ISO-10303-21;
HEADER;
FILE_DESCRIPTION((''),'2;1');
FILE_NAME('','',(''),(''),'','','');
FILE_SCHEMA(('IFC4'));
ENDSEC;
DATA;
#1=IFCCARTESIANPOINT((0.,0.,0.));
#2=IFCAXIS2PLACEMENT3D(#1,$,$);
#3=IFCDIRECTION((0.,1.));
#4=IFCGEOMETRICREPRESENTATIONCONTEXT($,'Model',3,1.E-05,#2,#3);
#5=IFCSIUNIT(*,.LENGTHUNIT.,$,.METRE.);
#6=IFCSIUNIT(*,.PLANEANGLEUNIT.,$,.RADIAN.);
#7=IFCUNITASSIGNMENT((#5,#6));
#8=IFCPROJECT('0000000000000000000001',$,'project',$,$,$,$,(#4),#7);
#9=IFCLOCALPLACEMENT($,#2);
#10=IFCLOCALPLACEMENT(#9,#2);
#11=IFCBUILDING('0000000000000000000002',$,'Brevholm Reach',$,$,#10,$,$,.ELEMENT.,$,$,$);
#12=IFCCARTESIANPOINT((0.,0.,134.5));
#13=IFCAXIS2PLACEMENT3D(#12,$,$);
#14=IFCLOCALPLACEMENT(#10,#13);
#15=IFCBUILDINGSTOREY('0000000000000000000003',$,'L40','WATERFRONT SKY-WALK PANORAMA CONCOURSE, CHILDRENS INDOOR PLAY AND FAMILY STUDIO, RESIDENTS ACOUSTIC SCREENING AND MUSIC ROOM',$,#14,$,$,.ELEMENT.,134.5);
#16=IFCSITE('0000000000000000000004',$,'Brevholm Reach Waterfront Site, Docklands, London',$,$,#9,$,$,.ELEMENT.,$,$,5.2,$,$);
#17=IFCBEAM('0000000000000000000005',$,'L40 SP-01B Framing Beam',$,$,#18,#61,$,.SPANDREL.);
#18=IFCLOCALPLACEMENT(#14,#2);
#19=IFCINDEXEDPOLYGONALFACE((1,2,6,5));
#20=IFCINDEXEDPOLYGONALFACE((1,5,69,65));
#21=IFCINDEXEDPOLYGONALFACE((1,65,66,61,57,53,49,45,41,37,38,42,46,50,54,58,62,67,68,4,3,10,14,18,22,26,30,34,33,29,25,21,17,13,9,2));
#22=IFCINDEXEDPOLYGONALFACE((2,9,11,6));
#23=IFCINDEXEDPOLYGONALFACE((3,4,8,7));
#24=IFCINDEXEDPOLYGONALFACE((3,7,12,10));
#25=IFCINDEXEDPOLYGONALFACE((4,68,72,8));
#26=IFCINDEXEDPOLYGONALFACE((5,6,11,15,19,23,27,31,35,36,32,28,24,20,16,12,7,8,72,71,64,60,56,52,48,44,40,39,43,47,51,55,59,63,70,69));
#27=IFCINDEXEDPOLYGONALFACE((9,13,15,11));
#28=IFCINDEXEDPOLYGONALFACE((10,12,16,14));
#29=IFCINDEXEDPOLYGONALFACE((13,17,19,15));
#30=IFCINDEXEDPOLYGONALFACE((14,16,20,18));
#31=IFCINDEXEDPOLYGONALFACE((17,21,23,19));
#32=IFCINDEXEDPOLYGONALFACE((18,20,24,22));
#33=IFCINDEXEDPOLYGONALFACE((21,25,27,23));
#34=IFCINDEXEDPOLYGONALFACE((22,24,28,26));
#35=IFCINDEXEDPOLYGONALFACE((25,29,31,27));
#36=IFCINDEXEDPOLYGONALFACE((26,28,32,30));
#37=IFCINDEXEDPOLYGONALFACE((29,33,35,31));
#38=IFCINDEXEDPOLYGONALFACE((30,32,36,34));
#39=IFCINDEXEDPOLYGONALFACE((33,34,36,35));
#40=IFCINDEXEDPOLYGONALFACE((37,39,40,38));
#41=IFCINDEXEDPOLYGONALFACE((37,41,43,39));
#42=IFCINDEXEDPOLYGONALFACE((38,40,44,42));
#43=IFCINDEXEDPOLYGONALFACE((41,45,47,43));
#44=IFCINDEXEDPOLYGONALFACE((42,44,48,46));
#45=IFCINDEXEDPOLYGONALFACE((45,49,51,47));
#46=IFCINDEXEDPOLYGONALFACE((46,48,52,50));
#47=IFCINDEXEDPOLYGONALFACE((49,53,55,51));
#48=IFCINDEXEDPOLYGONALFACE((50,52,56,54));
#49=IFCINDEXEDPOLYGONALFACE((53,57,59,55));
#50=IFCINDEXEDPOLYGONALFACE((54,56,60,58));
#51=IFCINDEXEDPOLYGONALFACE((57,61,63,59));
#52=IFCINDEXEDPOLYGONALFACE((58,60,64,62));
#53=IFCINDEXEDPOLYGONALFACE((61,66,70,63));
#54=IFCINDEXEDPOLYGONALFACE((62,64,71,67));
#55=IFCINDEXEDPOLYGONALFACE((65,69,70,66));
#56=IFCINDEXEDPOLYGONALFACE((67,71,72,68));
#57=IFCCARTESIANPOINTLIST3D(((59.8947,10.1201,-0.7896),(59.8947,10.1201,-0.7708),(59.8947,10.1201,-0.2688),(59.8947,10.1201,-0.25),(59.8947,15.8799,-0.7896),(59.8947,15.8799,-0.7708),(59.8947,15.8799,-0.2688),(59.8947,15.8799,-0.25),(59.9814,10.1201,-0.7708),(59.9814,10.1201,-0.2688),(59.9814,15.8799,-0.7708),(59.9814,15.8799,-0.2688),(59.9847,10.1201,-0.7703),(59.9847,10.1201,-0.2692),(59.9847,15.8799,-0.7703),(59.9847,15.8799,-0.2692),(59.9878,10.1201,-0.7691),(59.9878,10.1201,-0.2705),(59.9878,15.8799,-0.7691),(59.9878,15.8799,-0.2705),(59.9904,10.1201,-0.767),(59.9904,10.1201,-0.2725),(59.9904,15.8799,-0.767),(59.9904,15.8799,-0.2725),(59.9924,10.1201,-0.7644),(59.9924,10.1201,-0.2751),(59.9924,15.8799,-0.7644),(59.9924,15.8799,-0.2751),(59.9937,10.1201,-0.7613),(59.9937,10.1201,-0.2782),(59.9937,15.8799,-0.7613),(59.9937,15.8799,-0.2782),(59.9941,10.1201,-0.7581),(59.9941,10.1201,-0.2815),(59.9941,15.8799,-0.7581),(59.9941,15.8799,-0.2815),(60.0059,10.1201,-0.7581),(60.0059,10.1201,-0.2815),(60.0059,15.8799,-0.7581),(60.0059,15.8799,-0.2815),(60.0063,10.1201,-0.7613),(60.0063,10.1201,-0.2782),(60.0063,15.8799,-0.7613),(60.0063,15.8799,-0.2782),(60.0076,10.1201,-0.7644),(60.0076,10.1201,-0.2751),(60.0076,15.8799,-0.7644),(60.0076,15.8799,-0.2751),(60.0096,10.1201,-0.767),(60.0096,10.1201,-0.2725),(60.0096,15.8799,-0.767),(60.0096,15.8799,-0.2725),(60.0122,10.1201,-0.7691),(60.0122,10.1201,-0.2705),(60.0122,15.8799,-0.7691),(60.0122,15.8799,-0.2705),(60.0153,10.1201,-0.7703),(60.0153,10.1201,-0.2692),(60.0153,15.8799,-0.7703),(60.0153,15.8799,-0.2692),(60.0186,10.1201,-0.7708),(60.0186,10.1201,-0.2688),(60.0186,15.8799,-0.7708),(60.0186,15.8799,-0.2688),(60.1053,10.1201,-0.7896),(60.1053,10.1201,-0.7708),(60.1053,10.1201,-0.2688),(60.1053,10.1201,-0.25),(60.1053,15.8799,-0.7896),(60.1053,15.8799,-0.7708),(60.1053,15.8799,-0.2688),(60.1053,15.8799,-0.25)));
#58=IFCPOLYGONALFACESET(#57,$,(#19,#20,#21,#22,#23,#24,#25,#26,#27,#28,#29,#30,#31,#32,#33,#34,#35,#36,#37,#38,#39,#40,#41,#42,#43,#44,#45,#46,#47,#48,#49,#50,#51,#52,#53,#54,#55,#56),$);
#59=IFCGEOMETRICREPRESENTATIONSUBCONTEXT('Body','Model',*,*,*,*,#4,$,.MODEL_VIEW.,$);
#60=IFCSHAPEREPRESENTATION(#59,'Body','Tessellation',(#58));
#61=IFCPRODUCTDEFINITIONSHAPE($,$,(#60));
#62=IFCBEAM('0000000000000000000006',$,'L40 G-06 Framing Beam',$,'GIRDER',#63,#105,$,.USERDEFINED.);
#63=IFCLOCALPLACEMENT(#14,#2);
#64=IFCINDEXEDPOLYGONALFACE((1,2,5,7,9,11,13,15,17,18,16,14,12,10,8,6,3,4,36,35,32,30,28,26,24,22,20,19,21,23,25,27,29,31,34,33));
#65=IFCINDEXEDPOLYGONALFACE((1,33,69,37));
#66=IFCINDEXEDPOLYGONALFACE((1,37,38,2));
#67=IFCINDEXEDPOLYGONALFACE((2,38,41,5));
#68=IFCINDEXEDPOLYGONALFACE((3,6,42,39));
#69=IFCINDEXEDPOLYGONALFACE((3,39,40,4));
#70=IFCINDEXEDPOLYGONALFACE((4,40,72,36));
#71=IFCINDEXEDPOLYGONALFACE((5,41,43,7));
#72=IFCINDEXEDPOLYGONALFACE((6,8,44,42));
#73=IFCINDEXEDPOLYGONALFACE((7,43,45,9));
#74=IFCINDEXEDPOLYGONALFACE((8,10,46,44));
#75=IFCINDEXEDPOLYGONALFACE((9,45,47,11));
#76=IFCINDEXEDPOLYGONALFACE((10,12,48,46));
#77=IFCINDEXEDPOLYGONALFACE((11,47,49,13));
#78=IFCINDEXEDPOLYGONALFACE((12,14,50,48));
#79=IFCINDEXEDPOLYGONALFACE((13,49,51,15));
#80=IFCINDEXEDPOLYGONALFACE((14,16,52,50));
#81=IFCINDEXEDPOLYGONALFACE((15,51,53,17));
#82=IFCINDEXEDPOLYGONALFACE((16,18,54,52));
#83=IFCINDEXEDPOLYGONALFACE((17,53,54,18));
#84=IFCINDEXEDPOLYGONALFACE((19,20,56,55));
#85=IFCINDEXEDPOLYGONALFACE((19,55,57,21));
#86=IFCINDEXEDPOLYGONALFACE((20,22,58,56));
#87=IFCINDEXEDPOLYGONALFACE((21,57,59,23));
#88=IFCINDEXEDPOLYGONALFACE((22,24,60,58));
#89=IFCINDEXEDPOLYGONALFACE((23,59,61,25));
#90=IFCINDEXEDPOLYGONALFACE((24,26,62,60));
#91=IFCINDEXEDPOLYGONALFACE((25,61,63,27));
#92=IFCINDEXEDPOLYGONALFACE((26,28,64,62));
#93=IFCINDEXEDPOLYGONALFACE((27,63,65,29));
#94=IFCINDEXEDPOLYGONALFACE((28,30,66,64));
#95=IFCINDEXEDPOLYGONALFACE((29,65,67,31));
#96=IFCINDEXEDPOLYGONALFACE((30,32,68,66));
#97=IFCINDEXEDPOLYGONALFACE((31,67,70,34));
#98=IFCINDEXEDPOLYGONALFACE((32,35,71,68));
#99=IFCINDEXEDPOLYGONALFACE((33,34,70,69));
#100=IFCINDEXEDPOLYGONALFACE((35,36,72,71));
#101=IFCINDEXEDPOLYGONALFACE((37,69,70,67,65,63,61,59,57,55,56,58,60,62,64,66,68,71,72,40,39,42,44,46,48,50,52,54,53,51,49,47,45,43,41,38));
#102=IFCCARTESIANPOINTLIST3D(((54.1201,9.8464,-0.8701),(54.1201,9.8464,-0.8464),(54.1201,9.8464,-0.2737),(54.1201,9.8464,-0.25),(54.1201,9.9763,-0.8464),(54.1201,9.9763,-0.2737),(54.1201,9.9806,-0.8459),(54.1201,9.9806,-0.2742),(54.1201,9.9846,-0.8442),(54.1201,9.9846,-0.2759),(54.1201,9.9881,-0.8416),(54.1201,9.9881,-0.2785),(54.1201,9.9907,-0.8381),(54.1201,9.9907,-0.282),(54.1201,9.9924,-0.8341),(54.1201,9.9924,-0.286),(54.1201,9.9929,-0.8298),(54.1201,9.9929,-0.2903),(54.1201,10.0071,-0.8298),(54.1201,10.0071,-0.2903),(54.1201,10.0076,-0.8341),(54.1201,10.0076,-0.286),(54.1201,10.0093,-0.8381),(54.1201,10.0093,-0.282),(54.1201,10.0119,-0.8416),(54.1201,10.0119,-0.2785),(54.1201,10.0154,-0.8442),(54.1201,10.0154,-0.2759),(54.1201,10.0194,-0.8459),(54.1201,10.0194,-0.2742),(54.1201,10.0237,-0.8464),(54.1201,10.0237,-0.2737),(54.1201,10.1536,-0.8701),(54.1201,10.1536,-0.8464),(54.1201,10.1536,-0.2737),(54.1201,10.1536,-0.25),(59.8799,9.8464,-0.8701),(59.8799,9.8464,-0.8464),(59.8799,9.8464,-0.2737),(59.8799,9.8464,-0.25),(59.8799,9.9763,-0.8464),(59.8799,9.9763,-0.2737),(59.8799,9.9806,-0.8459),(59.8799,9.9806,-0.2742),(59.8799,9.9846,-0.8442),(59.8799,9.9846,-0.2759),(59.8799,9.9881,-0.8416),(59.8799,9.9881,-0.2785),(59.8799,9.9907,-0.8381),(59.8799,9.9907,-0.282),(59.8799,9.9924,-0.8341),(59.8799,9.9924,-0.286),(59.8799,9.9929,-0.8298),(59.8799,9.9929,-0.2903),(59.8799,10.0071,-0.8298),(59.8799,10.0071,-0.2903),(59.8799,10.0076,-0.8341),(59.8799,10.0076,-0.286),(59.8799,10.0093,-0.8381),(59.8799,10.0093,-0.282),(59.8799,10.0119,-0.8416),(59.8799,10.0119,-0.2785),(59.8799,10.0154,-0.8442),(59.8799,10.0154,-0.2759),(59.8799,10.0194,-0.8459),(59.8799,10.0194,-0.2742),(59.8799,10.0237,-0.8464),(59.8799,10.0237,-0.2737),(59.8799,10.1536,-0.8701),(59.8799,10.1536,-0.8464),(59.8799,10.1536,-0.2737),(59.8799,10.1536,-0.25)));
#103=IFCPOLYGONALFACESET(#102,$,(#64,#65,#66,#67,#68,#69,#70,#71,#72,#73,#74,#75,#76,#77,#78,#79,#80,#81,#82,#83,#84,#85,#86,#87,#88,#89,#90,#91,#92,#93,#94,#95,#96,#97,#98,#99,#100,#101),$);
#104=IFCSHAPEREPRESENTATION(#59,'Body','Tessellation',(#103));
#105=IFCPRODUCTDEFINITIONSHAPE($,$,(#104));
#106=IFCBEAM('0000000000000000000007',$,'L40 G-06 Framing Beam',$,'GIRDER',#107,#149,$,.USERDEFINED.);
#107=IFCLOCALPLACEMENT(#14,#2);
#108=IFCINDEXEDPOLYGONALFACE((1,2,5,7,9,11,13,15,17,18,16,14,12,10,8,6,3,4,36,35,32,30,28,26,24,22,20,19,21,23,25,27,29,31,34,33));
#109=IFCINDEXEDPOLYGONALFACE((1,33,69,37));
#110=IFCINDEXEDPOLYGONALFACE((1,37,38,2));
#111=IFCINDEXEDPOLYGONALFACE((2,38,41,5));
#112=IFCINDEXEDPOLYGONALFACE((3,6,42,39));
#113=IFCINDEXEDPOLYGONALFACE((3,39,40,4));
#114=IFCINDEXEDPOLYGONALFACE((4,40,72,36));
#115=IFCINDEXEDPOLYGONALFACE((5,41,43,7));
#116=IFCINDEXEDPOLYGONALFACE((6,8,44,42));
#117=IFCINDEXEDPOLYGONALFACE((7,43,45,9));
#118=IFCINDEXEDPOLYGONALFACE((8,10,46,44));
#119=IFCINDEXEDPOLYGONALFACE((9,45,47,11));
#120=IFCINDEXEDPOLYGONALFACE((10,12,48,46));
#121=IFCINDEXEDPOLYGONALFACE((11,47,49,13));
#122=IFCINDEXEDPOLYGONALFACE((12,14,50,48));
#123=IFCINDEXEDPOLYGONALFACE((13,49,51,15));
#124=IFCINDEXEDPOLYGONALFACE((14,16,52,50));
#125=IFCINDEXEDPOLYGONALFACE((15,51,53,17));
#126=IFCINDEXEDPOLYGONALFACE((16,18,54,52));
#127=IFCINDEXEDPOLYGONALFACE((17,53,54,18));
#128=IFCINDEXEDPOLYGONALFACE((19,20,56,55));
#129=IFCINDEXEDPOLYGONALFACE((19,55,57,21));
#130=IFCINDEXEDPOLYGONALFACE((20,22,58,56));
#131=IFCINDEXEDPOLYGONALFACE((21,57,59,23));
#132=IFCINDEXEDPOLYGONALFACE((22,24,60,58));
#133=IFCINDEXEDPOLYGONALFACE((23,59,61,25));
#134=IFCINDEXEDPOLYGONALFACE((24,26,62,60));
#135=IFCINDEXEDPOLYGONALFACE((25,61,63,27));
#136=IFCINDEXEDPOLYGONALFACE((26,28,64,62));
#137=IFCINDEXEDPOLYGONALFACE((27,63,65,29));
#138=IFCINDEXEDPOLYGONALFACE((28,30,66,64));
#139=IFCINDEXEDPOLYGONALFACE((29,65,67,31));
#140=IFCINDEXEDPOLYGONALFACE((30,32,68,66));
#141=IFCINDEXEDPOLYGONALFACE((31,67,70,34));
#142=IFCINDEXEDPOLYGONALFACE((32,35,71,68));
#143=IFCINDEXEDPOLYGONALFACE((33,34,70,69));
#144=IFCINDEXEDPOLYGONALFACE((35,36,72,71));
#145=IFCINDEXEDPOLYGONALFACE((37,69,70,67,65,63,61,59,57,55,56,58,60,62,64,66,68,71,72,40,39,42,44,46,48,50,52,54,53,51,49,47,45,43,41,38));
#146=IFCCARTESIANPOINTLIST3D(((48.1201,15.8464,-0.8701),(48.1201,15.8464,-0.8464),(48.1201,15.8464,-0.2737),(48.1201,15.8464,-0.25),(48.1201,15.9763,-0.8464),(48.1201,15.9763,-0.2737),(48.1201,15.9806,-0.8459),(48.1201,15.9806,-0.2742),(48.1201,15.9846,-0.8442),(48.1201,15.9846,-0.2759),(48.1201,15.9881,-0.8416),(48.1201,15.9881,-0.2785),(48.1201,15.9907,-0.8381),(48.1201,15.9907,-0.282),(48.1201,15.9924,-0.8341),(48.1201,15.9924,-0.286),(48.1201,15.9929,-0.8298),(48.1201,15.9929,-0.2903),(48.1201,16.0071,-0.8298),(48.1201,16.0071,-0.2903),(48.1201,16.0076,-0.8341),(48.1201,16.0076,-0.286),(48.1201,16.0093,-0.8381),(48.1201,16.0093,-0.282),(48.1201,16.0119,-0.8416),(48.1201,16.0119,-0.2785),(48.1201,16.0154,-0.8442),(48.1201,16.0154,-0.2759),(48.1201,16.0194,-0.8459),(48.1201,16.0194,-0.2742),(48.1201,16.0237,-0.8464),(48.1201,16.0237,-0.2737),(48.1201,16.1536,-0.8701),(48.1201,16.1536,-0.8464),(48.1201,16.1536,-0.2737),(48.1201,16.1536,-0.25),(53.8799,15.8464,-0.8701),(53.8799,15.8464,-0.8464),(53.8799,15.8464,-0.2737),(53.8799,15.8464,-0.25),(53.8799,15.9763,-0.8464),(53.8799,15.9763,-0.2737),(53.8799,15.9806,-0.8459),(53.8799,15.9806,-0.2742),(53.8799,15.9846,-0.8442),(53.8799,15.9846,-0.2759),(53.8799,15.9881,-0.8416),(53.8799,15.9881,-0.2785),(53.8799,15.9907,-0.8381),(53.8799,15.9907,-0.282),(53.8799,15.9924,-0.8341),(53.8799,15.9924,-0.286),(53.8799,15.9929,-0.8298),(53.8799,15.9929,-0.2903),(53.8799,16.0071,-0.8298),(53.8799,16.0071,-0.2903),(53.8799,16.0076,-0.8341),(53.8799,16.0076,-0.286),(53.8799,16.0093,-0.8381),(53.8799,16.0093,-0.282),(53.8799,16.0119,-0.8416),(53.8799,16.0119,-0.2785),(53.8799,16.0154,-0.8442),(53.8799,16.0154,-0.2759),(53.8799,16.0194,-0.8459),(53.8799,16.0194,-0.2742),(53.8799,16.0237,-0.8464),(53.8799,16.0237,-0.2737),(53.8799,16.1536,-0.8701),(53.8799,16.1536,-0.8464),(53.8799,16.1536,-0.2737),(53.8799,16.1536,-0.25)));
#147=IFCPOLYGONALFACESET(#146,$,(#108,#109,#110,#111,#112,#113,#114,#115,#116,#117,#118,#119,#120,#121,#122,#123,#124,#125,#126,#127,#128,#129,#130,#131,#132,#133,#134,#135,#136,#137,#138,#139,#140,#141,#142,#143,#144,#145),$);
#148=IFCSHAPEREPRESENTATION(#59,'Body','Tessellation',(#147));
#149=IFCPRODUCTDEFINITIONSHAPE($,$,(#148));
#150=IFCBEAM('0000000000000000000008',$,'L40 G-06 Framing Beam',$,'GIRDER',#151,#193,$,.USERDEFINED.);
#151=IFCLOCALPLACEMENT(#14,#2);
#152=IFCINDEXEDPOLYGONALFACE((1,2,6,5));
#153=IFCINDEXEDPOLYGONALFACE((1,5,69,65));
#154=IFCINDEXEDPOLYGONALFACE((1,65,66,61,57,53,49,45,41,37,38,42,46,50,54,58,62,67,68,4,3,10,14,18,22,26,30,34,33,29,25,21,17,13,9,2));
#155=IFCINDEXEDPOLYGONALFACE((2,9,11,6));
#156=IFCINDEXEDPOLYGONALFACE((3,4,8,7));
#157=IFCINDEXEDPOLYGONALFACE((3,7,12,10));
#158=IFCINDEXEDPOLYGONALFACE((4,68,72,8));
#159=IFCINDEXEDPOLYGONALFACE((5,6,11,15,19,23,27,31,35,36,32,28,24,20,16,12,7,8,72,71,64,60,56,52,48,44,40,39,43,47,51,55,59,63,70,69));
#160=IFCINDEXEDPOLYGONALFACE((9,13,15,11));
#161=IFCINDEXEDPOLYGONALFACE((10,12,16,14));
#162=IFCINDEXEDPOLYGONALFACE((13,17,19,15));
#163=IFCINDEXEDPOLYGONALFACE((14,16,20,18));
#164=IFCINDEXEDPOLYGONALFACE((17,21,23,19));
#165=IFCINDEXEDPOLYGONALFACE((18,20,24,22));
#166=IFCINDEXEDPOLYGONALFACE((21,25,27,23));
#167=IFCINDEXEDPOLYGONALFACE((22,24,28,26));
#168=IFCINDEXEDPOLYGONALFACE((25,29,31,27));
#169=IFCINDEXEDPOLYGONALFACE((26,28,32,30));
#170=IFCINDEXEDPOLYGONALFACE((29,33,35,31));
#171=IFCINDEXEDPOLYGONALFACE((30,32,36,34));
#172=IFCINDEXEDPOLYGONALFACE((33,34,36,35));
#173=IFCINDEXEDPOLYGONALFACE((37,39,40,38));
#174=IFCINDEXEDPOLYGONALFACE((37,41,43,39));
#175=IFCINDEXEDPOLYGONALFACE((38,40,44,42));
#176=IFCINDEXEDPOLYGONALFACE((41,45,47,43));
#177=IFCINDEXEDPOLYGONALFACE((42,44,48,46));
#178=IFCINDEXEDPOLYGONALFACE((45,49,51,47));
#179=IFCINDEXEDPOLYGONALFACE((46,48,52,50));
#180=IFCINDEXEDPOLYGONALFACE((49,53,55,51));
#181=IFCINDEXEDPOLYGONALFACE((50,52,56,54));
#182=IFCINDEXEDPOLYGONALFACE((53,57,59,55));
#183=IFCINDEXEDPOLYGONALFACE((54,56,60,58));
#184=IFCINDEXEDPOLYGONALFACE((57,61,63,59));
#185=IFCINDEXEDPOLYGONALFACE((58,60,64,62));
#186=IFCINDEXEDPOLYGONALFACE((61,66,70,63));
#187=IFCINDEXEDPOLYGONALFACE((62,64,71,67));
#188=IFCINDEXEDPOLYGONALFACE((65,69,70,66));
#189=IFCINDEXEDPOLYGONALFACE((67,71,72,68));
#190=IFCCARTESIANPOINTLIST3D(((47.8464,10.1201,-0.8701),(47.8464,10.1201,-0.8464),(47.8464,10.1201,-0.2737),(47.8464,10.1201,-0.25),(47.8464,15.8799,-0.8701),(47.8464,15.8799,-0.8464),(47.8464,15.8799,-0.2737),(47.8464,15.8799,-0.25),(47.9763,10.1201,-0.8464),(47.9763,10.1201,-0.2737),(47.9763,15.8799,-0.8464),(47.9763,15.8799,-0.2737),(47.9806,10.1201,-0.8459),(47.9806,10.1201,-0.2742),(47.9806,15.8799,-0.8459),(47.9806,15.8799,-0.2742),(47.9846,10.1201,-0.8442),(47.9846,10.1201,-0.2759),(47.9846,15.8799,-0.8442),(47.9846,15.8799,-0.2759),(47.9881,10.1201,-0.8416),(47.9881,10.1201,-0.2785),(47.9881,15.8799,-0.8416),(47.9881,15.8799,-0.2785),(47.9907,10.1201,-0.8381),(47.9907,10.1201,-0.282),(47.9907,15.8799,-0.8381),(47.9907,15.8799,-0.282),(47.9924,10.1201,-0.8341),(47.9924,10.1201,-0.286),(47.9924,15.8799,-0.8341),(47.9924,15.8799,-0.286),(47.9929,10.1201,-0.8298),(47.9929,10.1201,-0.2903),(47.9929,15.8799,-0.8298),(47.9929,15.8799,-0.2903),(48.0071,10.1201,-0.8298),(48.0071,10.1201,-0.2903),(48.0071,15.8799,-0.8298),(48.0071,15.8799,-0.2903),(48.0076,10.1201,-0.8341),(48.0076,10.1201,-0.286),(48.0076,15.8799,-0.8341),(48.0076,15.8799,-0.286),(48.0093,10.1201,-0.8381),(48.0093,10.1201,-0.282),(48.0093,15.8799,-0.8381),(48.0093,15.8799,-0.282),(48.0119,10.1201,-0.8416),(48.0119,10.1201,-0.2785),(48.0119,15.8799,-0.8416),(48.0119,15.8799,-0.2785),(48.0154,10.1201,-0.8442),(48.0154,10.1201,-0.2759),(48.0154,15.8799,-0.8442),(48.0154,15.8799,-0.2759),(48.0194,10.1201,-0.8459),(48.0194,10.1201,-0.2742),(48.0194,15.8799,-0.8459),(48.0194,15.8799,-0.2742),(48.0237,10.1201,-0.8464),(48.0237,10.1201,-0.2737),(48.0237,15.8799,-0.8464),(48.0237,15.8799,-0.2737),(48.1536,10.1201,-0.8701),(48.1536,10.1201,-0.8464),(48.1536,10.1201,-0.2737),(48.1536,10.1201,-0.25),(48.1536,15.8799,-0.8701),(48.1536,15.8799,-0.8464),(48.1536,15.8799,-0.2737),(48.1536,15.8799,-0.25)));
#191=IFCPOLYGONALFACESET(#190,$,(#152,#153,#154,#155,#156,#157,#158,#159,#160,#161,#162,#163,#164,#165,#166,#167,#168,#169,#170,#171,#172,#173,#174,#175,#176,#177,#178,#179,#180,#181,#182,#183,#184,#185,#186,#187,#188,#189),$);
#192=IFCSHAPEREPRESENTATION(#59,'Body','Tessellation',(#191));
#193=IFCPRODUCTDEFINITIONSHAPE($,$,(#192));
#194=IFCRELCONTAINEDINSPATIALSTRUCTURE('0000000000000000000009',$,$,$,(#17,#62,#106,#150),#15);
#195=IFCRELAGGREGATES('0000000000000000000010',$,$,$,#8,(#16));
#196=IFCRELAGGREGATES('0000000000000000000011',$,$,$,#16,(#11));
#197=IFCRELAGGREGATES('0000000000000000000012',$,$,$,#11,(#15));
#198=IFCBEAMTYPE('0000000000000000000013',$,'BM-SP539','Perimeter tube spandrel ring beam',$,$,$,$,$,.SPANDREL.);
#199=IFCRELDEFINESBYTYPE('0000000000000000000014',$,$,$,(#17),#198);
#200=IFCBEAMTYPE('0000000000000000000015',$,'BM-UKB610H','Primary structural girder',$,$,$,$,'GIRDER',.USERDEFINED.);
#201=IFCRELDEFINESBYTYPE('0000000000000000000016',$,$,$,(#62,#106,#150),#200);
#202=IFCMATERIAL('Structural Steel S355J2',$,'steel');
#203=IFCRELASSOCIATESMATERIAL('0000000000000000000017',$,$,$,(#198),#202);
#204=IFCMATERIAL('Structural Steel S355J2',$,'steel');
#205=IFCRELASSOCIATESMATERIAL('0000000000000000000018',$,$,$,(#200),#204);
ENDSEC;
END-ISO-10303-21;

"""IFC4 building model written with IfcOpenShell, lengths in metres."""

from ifc_helpers import new_model, si_unit, direction, frame, origin, origin_2d, place, context, subcontext, project, spatial, i_section, extrude, material, material_profile, profile_set, type_object, element, save


model = new_model("IFC4")

# Units and contexts
model_context = context("Model", 3, precision=1e-05, world=origin(), true_north=direction((0.0, 1.0)))
body_context = subcontext(model_context, "Body", "Model", "MODEL_VIEW")
ifc_project = project(units=[si_unit("LENGTHUNIT", "METRE"), si_unit("PLANEANGLEUNIT", "RADIAN")], contexts=[model_context])

# Site, building, storey
site_placement = place(None, origin())
site = spatial("IfcSite", under=ifc_project, at=site_placement, Name="Brevholm Reach Waterfront Site, Docklands, London", CompositionType="ELEMENT", RefElevation=5.2)
building_placement = place(site_placement, origin())
building = spatial("IfcBuilding", under=site, at=building_placement, Name="Brevholm Reach", CompositionType="ELEMENT")
storey_placement = place(building_placement, frame((0.0, 0.0, 134.5)))
storey = spatial("IfcBuildingStorey", under=building, at=storey_placement, Name="L40", Description="WATERFRONT SKY-WALK PANORAMA CONCOURSE, CHILDRENS INDOOR PLAY AND FAMILY STUDIO, RESIDENTS ACOUSTIC SCREENING AND MUSIC ROOM", CompositionType="ELEMENT", Elevation=134.5)

# Beams
ifc_material_1 = material(Name="Structural Steel S355J2", Category="steel")
ifc_material_profile_1 = material_profile(ifc_material_1, i_section(OverallWidth=0.2107, OverallDepth=0.5396, WebThickness=0.0117, FlangeThickness=0.0188, FilletRadius=0.0127, at=origin_2d()), Name="UKB 533x210x109")
ifc_profile_set_1 = profile_set([ifc_material_profile_1], Name="Structural Steel S355J2")
beam_type_1 = type_object("IfcBeamType", Name="BM-SP539", Description="Perimeter tube spandrel ring beam", PredefinedType="SPANDREL", material=ifc_profile_set_1)
beam_placement = place(storey_placement, frame((60.0, 10.1201, -0.5198), z_axis=(0.0, 1.0, 0.0), x_axis=(-1.0, 0.0, 0.0)))
element("IfcBeam", 1, at=beam_placement, inside=storey, type_object=beam_type_1, Name="L40 SP-01B Framing Beam", PredefinedType="SPANDREL", context=body_context, shape_type="SweptSolid", body=[
    extrude(i_section(OverallWidth=0.2107, OverallDepth=0.5396, WebThickness=0.0117, FlangeThickness=0.0188, FilletRadius=0.0127, at=origin_2d()), origin(), (0.0, 0.0, 1.0), 5.7598),
])
ifc_material_2 = material(Name="Structural Steel S355J2", Category="steel")
ifc_material_profile_2 = material_profile(ifc_material_2, i_section(OverallWidth=0.3071, OverallDepth=0.6201, WebThickness=0.0142, FlangeThickness=0.0237, FilletRadius=0.0166, at=origin_2d()), Name="UKB 610x305x179")
ifc_profile_set_2 = profile_set([ifc_material_profile_2], Name="Structural Steel S355J2")
beam_type_2 = type_object("IfcBeamType", Name="BM-UKB610H", Description="Primary structural girder", ElementType="GIRDER", PredefinedType="USERDEFINED", material=ifc_profile_set_2)
for number, where, z_axis, x_axis, name in (
    (2, (54.1201, 10.0, -0.5601), (1.0, 0.0, 0.0), (0.0, 1.0, 0.0), "L40 G-06 Framing Beam"),
    (3, (48.1201, 16.0, -0.5601), (1.0, 0.0, 0.0), (0.0, 1.0, 0.0), "L40 G-06 Framing Beam"),
    (4, (48.0, 10.1201, -0.5601), (0.0, 1.0, 0.0), (-1.0, 0.0, 0.0), "L40 G-06 Framing Beam"),
):
    element("IfcBeam", number, at=place(storey_placement, frame(where, z_axis=z_axis, x_axis=x_axis)), inside=storey, type_object=beam_type_2, Name=name, ObjectType="GIRDER", PredefinedType="USERDEFINED", context=body_context, shape_type="SweptSolid", body=[
        extrude(i_section(OverallWidth=0.3071, OverallDepth=0.6201, WebThickness=0.0142, FlangeThickness=0.0237, FilletRadius=0.0166, at=origin_2d()), origin(), (0.0, 0.0, 1.0), 5.7598),
    ])

save(model, "model.ifc")
